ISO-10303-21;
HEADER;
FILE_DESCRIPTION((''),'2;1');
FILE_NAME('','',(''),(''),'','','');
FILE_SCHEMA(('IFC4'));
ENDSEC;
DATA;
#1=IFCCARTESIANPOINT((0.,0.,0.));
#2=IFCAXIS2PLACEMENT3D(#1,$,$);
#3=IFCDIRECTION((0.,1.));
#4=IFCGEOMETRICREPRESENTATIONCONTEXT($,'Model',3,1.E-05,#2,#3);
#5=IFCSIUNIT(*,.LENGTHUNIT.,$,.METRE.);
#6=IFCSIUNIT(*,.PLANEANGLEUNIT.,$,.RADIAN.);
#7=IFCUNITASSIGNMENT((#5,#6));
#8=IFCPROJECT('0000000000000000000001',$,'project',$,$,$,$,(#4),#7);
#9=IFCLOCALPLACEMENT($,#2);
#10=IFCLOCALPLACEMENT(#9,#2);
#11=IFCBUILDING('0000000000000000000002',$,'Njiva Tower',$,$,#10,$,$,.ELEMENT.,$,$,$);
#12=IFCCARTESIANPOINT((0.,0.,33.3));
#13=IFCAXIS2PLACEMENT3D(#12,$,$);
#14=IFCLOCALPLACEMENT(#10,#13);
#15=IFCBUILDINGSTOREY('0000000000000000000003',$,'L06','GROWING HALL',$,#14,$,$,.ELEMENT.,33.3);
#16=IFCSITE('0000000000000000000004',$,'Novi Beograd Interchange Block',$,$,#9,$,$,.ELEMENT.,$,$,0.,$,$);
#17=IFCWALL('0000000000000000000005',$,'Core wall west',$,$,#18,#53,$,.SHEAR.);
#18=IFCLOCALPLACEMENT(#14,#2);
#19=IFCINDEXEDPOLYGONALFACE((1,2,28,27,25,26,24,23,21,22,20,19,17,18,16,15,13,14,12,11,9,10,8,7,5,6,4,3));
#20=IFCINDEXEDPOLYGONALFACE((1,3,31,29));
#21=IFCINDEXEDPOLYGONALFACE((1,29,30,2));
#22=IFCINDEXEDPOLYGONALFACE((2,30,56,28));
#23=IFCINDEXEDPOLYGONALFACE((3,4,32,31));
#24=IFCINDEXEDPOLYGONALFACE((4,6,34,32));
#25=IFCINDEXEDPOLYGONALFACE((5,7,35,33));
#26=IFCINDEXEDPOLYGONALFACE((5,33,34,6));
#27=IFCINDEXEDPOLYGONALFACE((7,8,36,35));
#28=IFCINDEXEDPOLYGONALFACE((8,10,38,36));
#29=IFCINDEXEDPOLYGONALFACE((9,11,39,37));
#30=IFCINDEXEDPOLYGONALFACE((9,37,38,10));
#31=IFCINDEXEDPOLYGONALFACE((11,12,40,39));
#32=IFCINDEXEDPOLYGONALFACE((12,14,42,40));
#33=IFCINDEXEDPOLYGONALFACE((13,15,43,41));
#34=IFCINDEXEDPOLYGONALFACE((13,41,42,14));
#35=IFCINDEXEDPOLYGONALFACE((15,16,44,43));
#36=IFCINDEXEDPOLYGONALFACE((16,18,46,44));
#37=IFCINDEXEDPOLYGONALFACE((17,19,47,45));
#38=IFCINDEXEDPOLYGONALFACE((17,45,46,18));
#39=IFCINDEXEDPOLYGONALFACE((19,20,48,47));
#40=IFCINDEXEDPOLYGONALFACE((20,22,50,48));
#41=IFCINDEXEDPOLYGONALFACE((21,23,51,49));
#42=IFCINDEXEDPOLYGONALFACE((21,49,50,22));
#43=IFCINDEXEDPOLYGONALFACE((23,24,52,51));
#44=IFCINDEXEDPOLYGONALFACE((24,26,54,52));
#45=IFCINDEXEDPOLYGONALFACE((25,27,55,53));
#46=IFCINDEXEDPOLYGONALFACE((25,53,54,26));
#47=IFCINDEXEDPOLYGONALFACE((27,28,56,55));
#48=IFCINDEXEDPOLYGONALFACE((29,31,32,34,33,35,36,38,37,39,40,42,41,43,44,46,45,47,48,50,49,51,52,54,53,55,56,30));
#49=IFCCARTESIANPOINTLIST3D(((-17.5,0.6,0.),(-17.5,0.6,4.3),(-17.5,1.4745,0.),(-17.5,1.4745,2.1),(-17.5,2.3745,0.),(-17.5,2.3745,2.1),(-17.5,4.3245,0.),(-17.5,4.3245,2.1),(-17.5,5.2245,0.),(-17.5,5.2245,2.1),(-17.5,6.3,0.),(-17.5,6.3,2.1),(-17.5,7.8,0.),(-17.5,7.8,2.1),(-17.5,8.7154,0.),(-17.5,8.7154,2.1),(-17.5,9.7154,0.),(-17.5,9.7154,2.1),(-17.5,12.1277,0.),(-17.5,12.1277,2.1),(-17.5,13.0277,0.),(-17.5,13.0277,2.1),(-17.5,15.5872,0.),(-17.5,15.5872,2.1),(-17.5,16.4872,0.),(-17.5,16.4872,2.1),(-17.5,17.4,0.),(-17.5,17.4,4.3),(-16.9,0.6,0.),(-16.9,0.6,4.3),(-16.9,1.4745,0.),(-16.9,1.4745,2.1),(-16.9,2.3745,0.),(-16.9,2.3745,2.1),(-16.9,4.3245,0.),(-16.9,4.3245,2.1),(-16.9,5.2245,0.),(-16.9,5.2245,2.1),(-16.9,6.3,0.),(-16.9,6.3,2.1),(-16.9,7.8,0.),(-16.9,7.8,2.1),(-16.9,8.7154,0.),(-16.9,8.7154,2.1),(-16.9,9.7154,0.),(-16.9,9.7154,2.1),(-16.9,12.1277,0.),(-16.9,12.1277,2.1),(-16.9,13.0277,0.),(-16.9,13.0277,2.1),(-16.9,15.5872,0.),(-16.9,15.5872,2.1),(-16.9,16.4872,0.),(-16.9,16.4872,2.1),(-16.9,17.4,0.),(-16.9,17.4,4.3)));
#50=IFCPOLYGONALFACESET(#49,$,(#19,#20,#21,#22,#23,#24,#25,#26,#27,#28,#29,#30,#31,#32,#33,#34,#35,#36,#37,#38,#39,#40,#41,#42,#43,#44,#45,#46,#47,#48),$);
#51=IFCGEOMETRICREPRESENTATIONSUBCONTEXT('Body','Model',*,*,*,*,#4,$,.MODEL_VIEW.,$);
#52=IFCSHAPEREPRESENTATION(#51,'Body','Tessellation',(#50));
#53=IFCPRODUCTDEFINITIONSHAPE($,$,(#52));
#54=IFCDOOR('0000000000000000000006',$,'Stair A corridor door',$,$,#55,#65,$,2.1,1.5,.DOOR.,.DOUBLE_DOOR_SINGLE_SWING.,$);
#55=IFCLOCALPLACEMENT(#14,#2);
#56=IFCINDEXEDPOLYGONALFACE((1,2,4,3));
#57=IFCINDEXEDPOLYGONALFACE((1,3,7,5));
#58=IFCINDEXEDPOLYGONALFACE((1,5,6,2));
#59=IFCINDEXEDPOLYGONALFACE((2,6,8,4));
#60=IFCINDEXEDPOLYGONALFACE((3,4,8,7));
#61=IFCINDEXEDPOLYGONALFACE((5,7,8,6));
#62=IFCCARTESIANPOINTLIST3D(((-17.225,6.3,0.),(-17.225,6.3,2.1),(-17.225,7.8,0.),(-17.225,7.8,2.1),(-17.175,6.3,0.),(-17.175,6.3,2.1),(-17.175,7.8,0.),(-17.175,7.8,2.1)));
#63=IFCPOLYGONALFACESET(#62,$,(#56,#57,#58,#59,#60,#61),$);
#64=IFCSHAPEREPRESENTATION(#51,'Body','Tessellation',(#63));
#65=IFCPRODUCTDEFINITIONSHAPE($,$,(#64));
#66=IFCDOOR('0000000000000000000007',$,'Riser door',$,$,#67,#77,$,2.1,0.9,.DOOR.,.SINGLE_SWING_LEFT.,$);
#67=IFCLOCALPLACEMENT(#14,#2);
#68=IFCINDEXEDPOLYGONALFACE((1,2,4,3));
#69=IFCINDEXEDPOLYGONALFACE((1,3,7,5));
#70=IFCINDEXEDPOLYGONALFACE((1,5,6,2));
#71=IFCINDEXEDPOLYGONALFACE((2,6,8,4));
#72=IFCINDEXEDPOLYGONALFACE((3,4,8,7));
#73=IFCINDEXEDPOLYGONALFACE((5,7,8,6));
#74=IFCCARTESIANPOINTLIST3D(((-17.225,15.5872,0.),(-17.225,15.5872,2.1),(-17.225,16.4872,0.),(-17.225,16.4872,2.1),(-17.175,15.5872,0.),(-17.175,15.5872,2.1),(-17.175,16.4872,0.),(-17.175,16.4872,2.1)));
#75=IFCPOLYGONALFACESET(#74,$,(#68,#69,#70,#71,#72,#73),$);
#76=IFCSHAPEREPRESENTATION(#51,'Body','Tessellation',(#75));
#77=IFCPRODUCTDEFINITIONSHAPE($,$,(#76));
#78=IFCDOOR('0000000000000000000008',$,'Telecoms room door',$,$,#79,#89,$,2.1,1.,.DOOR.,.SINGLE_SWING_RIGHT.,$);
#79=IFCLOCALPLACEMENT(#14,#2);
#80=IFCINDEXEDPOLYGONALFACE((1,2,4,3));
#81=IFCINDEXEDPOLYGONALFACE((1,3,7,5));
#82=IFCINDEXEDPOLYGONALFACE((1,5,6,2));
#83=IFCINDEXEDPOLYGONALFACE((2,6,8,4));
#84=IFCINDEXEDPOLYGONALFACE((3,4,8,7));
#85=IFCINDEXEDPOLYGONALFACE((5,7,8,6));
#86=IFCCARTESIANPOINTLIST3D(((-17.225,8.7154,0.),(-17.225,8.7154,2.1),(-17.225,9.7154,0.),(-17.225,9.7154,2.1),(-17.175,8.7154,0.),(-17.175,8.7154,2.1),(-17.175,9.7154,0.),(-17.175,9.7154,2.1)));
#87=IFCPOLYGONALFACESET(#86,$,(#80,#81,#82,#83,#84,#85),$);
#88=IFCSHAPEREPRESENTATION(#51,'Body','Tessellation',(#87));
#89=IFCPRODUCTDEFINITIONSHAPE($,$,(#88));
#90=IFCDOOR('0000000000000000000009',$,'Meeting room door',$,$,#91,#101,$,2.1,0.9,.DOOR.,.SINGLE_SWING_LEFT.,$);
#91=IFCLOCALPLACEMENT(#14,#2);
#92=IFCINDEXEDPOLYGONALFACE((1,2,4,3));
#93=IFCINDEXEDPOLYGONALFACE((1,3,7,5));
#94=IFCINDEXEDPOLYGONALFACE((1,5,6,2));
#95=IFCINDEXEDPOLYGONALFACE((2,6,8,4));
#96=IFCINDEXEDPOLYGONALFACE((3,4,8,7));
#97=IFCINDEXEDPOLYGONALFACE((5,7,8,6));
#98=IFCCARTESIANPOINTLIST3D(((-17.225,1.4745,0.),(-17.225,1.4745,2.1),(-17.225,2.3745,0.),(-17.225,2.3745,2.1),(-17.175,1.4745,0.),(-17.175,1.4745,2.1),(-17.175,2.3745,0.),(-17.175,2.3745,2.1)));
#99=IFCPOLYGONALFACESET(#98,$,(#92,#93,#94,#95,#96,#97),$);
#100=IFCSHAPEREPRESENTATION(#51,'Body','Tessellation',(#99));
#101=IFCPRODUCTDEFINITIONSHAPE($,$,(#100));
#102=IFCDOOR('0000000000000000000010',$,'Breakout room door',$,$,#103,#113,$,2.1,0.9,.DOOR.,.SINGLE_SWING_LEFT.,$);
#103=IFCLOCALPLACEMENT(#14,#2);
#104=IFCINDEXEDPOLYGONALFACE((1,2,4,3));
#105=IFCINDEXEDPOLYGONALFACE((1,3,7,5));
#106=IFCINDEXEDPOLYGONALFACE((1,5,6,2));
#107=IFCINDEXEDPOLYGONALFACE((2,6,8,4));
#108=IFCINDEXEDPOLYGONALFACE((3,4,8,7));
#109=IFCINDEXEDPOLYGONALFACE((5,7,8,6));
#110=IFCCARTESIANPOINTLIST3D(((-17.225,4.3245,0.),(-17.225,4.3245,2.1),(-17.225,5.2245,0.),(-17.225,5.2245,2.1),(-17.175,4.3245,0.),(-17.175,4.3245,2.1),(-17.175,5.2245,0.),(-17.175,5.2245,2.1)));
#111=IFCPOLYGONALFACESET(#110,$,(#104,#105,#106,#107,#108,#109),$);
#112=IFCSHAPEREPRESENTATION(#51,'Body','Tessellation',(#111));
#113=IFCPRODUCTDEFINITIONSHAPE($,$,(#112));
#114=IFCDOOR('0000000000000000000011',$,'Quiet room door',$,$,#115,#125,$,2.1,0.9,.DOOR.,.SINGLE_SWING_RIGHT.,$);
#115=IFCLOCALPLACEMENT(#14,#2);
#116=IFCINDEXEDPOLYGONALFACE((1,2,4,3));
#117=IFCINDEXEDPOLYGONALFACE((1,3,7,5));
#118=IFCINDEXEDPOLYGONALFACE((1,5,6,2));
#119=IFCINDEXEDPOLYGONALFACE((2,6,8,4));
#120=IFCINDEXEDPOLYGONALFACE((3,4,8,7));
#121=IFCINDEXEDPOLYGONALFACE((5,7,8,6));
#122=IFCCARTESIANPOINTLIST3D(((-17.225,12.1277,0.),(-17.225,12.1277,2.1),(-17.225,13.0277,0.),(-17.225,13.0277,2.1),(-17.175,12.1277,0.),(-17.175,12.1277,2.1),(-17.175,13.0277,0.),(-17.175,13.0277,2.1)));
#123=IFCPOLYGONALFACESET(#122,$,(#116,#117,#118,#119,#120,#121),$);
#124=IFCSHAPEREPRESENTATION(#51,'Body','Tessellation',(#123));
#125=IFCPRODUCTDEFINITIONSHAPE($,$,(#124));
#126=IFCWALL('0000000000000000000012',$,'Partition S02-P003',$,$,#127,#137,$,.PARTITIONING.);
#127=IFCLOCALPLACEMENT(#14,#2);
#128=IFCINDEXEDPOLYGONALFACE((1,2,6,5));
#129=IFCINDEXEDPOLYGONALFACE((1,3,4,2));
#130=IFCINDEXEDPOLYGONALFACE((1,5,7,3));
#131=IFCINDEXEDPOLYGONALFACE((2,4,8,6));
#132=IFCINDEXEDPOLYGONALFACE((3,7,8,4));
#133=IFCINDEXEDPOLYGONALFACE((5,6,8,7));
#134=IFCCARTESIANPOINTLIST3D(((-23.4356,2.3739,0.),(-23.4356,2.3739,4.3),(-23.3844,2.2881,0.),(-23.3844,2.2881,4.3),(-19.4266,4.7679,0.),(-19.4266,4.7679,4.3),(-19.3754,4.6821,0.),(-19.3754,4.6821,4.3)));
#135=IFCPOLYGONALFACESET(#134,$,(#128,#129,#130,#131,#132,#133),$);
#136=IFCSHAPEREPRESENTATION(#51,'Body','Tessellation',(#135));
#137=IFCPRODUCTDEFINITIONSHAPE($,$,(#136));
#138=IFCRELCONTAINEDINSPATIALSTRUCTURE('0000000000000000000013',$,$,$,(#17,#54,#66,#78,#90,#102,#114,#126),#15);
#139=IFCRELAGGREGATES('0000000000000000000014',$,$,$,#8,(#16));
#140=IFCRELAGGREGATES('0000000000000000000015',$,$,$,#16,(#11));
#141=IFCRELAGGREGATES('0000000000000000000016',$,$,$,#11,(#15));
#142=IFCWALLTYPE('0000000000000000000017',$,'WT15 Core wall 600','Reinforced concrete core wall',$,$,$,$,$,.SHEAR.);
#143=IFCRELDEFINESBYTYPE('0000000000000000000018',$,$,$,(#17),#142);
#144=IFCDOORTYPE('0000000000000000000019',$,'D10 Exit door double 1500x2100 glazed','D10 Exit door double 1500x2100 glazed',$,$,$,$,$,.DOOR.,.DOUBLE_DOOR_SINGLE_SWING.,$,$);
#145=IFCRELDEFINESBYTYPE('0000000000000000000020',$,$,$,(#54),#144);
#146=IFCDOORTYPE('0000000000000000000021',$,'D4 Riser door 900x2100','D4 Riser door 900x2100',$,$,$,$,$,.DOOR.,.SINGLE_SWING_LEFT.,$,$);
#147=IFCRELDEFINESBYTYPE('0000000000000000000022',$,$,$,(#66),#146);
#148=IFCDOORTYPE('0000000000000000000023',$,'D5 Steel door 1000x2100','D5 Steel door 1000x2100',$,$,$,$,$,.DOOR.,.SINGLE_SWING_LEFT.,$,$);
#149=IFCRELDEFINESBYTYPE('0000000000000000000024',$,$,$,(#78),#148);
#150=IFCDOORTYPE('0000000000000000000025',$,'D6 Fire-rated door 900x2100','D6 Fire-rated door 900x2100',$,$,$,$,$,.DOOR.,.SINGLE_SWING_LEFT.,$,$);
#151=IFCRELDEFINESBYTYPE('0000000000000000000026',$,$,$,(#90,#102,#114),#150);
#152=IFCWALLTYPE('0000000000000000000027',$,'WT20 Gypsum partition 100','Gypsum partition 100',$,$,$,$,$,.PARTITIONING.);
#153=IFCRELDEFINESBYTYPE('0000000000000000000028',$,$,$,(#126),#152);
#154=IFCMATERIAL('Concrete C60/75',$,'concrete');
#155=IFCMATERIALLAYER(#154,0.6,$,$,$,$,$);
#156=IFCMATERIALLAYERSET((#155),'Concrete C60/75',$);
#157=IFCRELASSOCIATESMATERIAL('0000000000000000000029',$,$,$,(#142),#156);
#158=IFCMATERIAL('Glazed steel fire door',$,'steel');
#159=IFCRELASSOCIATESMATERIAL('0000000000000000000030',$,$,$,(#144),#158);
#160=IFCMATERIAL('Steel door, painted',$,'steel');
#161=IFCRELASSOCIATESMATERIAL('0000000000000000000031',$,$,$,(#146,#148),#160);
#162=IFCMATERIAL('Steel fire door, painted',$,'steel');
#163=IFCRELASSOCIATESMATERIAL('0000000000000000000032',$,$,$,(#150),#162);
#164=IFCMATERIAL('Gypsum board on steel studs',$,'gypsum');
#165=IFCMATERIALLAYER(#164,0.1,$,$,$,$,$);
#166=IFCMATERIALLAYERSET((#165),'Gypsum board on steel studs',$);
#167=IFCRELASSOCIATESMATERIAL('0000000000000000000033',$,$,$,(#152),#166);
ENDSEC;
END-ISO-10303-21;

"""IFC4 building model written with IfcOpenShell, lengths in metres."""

from ifc_helpers import new_model, si_unit, direction, frame, frame_2d, origin, place, context, subcontext, project, spatial, rectangle, extrude, material, layer, layer_set, type_object, element, fill, save


model = new_model("IFC4")

# Units and contexts
model_context = context("Model", 3, precision=1e-05, world=origin(), true_north=direction((0.0, 1.0)))
body_context = subcontext(model_context, "Body", "Model", "MODEL_VIEW")
ifc_project = project(units=[si_unit("LENGTHUNIT", "METRE"), si_unit("PLANEANGLEUNIT", "RADIAN")], contexts=[model_context])

# Site, building, storey
site_placement = place(None, origin())
site = spatial("IfcSite", under=ifc_project, at=site_placement, Name="Novi Beograd Interchange Block", CompositionType="ELEMENT", RefElevation=0.0)
building_placement = place(site_placement, origin())
building = spatial("IfcBuilding", under=site, at=building_placement, Name="Njiva Tower", CompositionType="ELEMENT")
storey_placement = place(building_placement, frame((0.0, 0.0, 33.3)))
storey = spatial("IfcBuildingStorey", under=building, at=storey_placement, Name="L06", Description="GROWING HALL", CompositionType="ELEMENT", Elevation=33.3)

# Wall, openings, doors
ifc_material_1 = material(Name="Concrete C60/75", Category="concrete")
ifc_layer_1 = layer(ifc_material_1, 0.6)
ifc_layer_set_1 = layer_set([ifc_layer_1], Name="Concrete C60/75")
wall_type_1 = type_object("IfcWallType", Name="WT15 Core wall 600", Description="Reinforced concrete core wall", PredefinedType="SHEAR", material=ifc_layer_set_1)
wall_1_placement = place(storey_placement, frame((-17.2, 0.6, 0.0), z_axis=(0.0, 0.0, 1.0), x_axis=(0.0, 1.0, 0.0)))
wall_1 = element("IfcWall", 1, at=wall_1_placement, inside=storey, type_object=wall_type_1, Name="Core wall west", PredefinedType="SHEAR", context=body_context, shape_type="SweptSolid", body=[
    extrude(rectangle(XDim=16.8, YDim=0.6, at=frame_2d((8.4, 0.0))), origin(), (0.0, 0.0, 1.0), 4.3),
])
opening_1_placement = place(wall_1_placement, frame((5.7, 0.0, 0.0)))
opening_1 = element("IfcOpeningElement", 2, at=opening_1_placement, cuts=wall_1, PredefinedType="OPENING", context=body_context, shape_type="SweptSolid", body=[
    extrude(rectangle(XDim=1.5, YDim=2.1, at=frame_2d((0.75, 1.05))), frame((0.0, 0.31, 0.0), z_axis=(0.0, -1.0, 0.0), x_axis=(1.0, 0.0, 0.0)), (0.0, 0.0, 1.0), 0.62),
])
opening_2_placement = place(wall_1_placement, frame((0.8745, 0.0, 0.0)))
opening_2 = element("IfcOpeningElement", 3, at=opening_2_placement, cuts=wall_1, PredefinedType="OPENING", context=body_context, shape_type="SweptSolid", body=[
    extrude(rectangle(XDim=0.9, YDim=2.1, at=frame_2d((0.45, 1.05))), frame((0.0, 0.31, 0.0), z_axis=(0.0, -1.0, 0.0), x_axis=(1.0, 0.0, 0.0)), (0.0, 0.0, 1.0), 0.62),
])
opening_3_placement = place(wall_1_placement, frame((3.7245, 0.0, 0.0)))
opening_3 = element("IfcOpeningElement", 4, at=opening_3_placement, cuts=wall_1, PredefinedType="OPENING", context=body_context, shape_type="SweptSolid", body=[
    extrude(rectangle(XDim=0.9, YDim=2.1, at=frame_2d((0.45, 1.05))), frame((0.0, 0.31, 0.0), z_axis=(0.0, -1.0, 0.0), x_axis=(1.0, 0.0, 0.0)), (0.0, 0.0, 1.0), 0.62),
])
opening_4_placement = place(wall_1_placement, frame((8.1154, 0.0, 0.0)))
opening_4 = element("IfcOpeningElement", 5, at=opening_4_placement, cuts=wall_1, PredefinedType="OPENING", context=body_context, shape_type="SweptSolid", body=[
    extrude(rectangle(XDim=1.0, YDim=2.1, at=frame_2d((0.5, 1.05))), frame((0.0, 0.31, 0.0), z_axis=(0.0, -1.0, 0.0), x_axis=(1.0, 0.0, 0.0)), (0.0, 0.0, 1.0), 0.62),
])
opening_5_placement = place(wall_1_placement, frame((11.5277, 0.0, 0.0)))
opening_5 = element("IfcOpeningElement", 6, at=opening_5_placement, cuts=wall_1, PredefinedType="OPENING", context=body_context, shape_type="SweptSolid", body=[
    extrude(rectangle(XDim=0.9, YDim=2.1, at=frame_2d((0.45, 1.05))), frame((0.0, 0.31, 0.0), z_axis=(0.0, -1.0, 0.0), x_axis=(1.0, 0.0, 0.0)), (0.0, 0.0, 1.0), 0.62),
])
opening_6_placement = place(wall_1_placement, frame((14.9872, 0.0, 0.0)))
opening_6 = element("IfcOpeningElement", 7, at=opening_6_placement, cuts=wall_1, PredefinedType="OPENING", context=body_context, shape_type="SweptSolid", body=[
    extrude(rectangle(XDim=0.9, YDim=2.1, at=frame_2d((0.45, 1.05))), frame((0.0, 0.31, 0.0), z_axis=(0.0, -1.0, 0.0), x_axis=(1.0, 0.0, 0.0)), (0.0, 0.0, 1.0), 0.62),
])
ifc_material_2 = material(Name="Glazed steel fire door", Category="steel")
door_type_1 = type_object("IfcDoorType", Name="D10 Exit door double 1500x2100 glazed", Description="D10 Exit door double 1500x2100 glazed", OperationType="DOUBLE_DOOR_SINGLE_SWING", PredefinedType="DOOR", material=ifc_material_2)
door_1_placement = place(opening_1_placement, origin())
door_1 = element("IfcDoor", 8, at=door_1_placement, inside=storey, type_object=door_type_1, Name="Stair A corridor door", OperationType="DOUBLE_DOOR_SINGLE_SWING", OverallHeight=2.1, OverallWidth=1.5, PredefinedType="DOOR", context=body_context, shape_type="SweptSolid", body=[
    extrude(rectangle(XDim=1.5, YDim=2.1, at=frame_2d((0.75, 1.05))), frame((0.0, 0.025, 0.0), z_axis=(0.0, -1.0, 0.0), x_axis=(1.0, 0.0, 0.0)), (0.0, 0.0, 1.0), 0.05),
])
fill(opening_1, door_1)
ifc_material_3 = material(Name="Steel door, painted", Category="steel")
door_type_2 = type_object("IfcDoorType", Name="D4 Riser door 900x2100", Description="D4 Riser door 900x2100", OperationType="SINGLE_SWING_LEFT", PredefinedType="DOOR", material=ifc_material_3)
door_2_placement = place(opening_6_placement, origin())
door_2 = element("IfcDoor", 9, at=door_2_placement, inside=storey, type_object=door_type_2, Name="Riser door", OperationType="SINGLE_SWING_LEFT", OverallHeight=2.1, OverallWidth=0.9, PredefinedType="DOOR", context=body_context, shape_type="SweptSolid", body=[
    extrude(rectangle(XDim=0.9, YDim=2.1, at=frame_2d((0.45, 1.05))), frame((0.0, 0.025, 0.0), z_axis=(0.0, -1.0, 0.0), x_axis=(1.0, 0.0, 0.0)), (0.0, 0.0, 1.0), 0.05),
])
fill(opening_6, door_2)
door_type_3 = type_object("IfcDoorType", Name="D5 Steel door 1000x2100", Description="D5 Steel door 1000x2100", OperationType="SINGLE_SWING_LEFT", PredefinedType="DOOR", material=ifc_material_3)
door_3_placement = place(opening_4_placement, origin())
door_3 = element("IfcDoor", 10, at=door_3_placement, inside=storey, type_object=door_type_3, Name="Telecoms room door", OperationType="SINGLE_SWING_RIGHT", OverallHeight=2.1, OverallWidth=1.0, PredefinedType="DOOR", context=body_context, shape_type="SweptSolid", body=[
    extrude(rectangle(XDim=1.0, YDim=2.1, at=frame_2d((0.5, 1.05))), frame((0.0, 0.025, 0.0), z_axis=(0.0, -1.0, 0.0), x_axis=(1.0, 0.0, 0.0)), (0.0, 0.0, 1.0), 0.05),
])
fill(opening_4, door_3)
ifc_material_4 = material(Name="Steel fire door, painted", Category="steel")
door_type_4 = type_object("IfcDoorType", Name="D6 Fire-rated door 900x2100", Description="D6 Fire-rated door 900x2100", OperationType="SINGLE_SWING_LEFT", PredefinedType="DOOR", material=ifc_material_4)
door_4_placement = place(opening_2_placement, origin())
door_4 = element("IfcDoor", 11, at=door_4_placement, inside=storey, type_object=door_type_4, Name="Meeting room door", OperationType="SINGLE_SWING_LEFT", OverallHeight=2.1, OverallWidth=0.9, PredefinedType="DOOR", context=body_context, shape_type="SweptSolid", body=[
    extrude(rectangle(XDim=0.9, YDim=2.1, at=frame_2d((0.45, 1.05))), frame((0.0, 0.025, 0.0), z_axis=(0.0, -1.0, 0.0), x_axis=(1.0, 0.0, 0.0)), (0.0, 0.0, 1.0), 0.05),
])
fill(opening_2, door_4)
door_5_placement = place(opening_3_placement, origin())
door_5 = element("IfcDoor", 12, at=door_5_placement, inside=storey, type_object=door_type_4, Name="Breakout room door", OperationType="SINGLE_SWING_LEFT", OverallHeight=2.1, OverallWidth=0.9, PredefinedType="DOOR", context=body_context, shape_type="SweptSolid", body=[
    extrude(rectangle(XDim=0.9, YDim=2.1, at=frame_2d((0.45, 1.05))), frame((0.0, 0.025, 0.0), z_axis=(0.0, -1.0, 0.0), x_axis=(1.0, 0.0, 0.0)), (0.0, 0.0, 1.0), 0.05),
])
fill(opening_3, door_5)
door_6_placement = place(opening_5_placement, origin())
door_6 = element("IfcDoor", 13, at=door_6_placement, inside=storey, type_object=door_type_4, Name="Quiet room door", OperationType="SINGLE_SWING_RIGHT", OverallHeight=2.1, OverallWidth=0.9, PredefinedType="DOOR", context=body_context, shape_type="SweptSolid", body=[
    extrude(rectangle(XDim=0.9, YDim=2.1, at=frame_2d((0.45, 1.05))), frame((0.0, 0.025, 0.0), z_axis=(0.0, -1.0, 0.0), x_axis=(1.0, 0.0, 0.0)), (0.0, 0.0, 1.0), 0.05),
])
fill(opening_5, door_6)

# Wall
ifc_material_5 = material(Name="Gypsum board on steel studs", Category="gypsum")
ifc_layer_2 = layer(ifc_material_5, 0.1)
ifc_layer_set_2 = layer_set([ifc_layer_2], Name="Gypsum board on steel studs")
wall_type_2 = type_object("IfcWallType", Name="WT20 Gypsum partition 100", Description="Gypsum partition 100", PredefinedType="PARTITIONING", material=ifc_layer_set_2)
wall_2_placement = place(storey_placement, frame((-23.41, 2.331, 0.0), z_axis=(0.0, 0.0, 1.0), x_axis=(0.858568, 0.512699, 0.0)))
element("IfcWall", 14, at=wall_2_placement, inside=storey, type_object=wall_type_2, Name="Partition S02-P003", PredefinedType="PARTITIONING", context=body_context, shape_type="SweptSolid", body=[
    extrude(rectangle(XDim=4.6694, YDim=0.1, at=frame_2d((2.3347, 0.0))), origin(), (0.0, 0.0, 1.0), 4.3),
])

save(model, "model.ifc")
